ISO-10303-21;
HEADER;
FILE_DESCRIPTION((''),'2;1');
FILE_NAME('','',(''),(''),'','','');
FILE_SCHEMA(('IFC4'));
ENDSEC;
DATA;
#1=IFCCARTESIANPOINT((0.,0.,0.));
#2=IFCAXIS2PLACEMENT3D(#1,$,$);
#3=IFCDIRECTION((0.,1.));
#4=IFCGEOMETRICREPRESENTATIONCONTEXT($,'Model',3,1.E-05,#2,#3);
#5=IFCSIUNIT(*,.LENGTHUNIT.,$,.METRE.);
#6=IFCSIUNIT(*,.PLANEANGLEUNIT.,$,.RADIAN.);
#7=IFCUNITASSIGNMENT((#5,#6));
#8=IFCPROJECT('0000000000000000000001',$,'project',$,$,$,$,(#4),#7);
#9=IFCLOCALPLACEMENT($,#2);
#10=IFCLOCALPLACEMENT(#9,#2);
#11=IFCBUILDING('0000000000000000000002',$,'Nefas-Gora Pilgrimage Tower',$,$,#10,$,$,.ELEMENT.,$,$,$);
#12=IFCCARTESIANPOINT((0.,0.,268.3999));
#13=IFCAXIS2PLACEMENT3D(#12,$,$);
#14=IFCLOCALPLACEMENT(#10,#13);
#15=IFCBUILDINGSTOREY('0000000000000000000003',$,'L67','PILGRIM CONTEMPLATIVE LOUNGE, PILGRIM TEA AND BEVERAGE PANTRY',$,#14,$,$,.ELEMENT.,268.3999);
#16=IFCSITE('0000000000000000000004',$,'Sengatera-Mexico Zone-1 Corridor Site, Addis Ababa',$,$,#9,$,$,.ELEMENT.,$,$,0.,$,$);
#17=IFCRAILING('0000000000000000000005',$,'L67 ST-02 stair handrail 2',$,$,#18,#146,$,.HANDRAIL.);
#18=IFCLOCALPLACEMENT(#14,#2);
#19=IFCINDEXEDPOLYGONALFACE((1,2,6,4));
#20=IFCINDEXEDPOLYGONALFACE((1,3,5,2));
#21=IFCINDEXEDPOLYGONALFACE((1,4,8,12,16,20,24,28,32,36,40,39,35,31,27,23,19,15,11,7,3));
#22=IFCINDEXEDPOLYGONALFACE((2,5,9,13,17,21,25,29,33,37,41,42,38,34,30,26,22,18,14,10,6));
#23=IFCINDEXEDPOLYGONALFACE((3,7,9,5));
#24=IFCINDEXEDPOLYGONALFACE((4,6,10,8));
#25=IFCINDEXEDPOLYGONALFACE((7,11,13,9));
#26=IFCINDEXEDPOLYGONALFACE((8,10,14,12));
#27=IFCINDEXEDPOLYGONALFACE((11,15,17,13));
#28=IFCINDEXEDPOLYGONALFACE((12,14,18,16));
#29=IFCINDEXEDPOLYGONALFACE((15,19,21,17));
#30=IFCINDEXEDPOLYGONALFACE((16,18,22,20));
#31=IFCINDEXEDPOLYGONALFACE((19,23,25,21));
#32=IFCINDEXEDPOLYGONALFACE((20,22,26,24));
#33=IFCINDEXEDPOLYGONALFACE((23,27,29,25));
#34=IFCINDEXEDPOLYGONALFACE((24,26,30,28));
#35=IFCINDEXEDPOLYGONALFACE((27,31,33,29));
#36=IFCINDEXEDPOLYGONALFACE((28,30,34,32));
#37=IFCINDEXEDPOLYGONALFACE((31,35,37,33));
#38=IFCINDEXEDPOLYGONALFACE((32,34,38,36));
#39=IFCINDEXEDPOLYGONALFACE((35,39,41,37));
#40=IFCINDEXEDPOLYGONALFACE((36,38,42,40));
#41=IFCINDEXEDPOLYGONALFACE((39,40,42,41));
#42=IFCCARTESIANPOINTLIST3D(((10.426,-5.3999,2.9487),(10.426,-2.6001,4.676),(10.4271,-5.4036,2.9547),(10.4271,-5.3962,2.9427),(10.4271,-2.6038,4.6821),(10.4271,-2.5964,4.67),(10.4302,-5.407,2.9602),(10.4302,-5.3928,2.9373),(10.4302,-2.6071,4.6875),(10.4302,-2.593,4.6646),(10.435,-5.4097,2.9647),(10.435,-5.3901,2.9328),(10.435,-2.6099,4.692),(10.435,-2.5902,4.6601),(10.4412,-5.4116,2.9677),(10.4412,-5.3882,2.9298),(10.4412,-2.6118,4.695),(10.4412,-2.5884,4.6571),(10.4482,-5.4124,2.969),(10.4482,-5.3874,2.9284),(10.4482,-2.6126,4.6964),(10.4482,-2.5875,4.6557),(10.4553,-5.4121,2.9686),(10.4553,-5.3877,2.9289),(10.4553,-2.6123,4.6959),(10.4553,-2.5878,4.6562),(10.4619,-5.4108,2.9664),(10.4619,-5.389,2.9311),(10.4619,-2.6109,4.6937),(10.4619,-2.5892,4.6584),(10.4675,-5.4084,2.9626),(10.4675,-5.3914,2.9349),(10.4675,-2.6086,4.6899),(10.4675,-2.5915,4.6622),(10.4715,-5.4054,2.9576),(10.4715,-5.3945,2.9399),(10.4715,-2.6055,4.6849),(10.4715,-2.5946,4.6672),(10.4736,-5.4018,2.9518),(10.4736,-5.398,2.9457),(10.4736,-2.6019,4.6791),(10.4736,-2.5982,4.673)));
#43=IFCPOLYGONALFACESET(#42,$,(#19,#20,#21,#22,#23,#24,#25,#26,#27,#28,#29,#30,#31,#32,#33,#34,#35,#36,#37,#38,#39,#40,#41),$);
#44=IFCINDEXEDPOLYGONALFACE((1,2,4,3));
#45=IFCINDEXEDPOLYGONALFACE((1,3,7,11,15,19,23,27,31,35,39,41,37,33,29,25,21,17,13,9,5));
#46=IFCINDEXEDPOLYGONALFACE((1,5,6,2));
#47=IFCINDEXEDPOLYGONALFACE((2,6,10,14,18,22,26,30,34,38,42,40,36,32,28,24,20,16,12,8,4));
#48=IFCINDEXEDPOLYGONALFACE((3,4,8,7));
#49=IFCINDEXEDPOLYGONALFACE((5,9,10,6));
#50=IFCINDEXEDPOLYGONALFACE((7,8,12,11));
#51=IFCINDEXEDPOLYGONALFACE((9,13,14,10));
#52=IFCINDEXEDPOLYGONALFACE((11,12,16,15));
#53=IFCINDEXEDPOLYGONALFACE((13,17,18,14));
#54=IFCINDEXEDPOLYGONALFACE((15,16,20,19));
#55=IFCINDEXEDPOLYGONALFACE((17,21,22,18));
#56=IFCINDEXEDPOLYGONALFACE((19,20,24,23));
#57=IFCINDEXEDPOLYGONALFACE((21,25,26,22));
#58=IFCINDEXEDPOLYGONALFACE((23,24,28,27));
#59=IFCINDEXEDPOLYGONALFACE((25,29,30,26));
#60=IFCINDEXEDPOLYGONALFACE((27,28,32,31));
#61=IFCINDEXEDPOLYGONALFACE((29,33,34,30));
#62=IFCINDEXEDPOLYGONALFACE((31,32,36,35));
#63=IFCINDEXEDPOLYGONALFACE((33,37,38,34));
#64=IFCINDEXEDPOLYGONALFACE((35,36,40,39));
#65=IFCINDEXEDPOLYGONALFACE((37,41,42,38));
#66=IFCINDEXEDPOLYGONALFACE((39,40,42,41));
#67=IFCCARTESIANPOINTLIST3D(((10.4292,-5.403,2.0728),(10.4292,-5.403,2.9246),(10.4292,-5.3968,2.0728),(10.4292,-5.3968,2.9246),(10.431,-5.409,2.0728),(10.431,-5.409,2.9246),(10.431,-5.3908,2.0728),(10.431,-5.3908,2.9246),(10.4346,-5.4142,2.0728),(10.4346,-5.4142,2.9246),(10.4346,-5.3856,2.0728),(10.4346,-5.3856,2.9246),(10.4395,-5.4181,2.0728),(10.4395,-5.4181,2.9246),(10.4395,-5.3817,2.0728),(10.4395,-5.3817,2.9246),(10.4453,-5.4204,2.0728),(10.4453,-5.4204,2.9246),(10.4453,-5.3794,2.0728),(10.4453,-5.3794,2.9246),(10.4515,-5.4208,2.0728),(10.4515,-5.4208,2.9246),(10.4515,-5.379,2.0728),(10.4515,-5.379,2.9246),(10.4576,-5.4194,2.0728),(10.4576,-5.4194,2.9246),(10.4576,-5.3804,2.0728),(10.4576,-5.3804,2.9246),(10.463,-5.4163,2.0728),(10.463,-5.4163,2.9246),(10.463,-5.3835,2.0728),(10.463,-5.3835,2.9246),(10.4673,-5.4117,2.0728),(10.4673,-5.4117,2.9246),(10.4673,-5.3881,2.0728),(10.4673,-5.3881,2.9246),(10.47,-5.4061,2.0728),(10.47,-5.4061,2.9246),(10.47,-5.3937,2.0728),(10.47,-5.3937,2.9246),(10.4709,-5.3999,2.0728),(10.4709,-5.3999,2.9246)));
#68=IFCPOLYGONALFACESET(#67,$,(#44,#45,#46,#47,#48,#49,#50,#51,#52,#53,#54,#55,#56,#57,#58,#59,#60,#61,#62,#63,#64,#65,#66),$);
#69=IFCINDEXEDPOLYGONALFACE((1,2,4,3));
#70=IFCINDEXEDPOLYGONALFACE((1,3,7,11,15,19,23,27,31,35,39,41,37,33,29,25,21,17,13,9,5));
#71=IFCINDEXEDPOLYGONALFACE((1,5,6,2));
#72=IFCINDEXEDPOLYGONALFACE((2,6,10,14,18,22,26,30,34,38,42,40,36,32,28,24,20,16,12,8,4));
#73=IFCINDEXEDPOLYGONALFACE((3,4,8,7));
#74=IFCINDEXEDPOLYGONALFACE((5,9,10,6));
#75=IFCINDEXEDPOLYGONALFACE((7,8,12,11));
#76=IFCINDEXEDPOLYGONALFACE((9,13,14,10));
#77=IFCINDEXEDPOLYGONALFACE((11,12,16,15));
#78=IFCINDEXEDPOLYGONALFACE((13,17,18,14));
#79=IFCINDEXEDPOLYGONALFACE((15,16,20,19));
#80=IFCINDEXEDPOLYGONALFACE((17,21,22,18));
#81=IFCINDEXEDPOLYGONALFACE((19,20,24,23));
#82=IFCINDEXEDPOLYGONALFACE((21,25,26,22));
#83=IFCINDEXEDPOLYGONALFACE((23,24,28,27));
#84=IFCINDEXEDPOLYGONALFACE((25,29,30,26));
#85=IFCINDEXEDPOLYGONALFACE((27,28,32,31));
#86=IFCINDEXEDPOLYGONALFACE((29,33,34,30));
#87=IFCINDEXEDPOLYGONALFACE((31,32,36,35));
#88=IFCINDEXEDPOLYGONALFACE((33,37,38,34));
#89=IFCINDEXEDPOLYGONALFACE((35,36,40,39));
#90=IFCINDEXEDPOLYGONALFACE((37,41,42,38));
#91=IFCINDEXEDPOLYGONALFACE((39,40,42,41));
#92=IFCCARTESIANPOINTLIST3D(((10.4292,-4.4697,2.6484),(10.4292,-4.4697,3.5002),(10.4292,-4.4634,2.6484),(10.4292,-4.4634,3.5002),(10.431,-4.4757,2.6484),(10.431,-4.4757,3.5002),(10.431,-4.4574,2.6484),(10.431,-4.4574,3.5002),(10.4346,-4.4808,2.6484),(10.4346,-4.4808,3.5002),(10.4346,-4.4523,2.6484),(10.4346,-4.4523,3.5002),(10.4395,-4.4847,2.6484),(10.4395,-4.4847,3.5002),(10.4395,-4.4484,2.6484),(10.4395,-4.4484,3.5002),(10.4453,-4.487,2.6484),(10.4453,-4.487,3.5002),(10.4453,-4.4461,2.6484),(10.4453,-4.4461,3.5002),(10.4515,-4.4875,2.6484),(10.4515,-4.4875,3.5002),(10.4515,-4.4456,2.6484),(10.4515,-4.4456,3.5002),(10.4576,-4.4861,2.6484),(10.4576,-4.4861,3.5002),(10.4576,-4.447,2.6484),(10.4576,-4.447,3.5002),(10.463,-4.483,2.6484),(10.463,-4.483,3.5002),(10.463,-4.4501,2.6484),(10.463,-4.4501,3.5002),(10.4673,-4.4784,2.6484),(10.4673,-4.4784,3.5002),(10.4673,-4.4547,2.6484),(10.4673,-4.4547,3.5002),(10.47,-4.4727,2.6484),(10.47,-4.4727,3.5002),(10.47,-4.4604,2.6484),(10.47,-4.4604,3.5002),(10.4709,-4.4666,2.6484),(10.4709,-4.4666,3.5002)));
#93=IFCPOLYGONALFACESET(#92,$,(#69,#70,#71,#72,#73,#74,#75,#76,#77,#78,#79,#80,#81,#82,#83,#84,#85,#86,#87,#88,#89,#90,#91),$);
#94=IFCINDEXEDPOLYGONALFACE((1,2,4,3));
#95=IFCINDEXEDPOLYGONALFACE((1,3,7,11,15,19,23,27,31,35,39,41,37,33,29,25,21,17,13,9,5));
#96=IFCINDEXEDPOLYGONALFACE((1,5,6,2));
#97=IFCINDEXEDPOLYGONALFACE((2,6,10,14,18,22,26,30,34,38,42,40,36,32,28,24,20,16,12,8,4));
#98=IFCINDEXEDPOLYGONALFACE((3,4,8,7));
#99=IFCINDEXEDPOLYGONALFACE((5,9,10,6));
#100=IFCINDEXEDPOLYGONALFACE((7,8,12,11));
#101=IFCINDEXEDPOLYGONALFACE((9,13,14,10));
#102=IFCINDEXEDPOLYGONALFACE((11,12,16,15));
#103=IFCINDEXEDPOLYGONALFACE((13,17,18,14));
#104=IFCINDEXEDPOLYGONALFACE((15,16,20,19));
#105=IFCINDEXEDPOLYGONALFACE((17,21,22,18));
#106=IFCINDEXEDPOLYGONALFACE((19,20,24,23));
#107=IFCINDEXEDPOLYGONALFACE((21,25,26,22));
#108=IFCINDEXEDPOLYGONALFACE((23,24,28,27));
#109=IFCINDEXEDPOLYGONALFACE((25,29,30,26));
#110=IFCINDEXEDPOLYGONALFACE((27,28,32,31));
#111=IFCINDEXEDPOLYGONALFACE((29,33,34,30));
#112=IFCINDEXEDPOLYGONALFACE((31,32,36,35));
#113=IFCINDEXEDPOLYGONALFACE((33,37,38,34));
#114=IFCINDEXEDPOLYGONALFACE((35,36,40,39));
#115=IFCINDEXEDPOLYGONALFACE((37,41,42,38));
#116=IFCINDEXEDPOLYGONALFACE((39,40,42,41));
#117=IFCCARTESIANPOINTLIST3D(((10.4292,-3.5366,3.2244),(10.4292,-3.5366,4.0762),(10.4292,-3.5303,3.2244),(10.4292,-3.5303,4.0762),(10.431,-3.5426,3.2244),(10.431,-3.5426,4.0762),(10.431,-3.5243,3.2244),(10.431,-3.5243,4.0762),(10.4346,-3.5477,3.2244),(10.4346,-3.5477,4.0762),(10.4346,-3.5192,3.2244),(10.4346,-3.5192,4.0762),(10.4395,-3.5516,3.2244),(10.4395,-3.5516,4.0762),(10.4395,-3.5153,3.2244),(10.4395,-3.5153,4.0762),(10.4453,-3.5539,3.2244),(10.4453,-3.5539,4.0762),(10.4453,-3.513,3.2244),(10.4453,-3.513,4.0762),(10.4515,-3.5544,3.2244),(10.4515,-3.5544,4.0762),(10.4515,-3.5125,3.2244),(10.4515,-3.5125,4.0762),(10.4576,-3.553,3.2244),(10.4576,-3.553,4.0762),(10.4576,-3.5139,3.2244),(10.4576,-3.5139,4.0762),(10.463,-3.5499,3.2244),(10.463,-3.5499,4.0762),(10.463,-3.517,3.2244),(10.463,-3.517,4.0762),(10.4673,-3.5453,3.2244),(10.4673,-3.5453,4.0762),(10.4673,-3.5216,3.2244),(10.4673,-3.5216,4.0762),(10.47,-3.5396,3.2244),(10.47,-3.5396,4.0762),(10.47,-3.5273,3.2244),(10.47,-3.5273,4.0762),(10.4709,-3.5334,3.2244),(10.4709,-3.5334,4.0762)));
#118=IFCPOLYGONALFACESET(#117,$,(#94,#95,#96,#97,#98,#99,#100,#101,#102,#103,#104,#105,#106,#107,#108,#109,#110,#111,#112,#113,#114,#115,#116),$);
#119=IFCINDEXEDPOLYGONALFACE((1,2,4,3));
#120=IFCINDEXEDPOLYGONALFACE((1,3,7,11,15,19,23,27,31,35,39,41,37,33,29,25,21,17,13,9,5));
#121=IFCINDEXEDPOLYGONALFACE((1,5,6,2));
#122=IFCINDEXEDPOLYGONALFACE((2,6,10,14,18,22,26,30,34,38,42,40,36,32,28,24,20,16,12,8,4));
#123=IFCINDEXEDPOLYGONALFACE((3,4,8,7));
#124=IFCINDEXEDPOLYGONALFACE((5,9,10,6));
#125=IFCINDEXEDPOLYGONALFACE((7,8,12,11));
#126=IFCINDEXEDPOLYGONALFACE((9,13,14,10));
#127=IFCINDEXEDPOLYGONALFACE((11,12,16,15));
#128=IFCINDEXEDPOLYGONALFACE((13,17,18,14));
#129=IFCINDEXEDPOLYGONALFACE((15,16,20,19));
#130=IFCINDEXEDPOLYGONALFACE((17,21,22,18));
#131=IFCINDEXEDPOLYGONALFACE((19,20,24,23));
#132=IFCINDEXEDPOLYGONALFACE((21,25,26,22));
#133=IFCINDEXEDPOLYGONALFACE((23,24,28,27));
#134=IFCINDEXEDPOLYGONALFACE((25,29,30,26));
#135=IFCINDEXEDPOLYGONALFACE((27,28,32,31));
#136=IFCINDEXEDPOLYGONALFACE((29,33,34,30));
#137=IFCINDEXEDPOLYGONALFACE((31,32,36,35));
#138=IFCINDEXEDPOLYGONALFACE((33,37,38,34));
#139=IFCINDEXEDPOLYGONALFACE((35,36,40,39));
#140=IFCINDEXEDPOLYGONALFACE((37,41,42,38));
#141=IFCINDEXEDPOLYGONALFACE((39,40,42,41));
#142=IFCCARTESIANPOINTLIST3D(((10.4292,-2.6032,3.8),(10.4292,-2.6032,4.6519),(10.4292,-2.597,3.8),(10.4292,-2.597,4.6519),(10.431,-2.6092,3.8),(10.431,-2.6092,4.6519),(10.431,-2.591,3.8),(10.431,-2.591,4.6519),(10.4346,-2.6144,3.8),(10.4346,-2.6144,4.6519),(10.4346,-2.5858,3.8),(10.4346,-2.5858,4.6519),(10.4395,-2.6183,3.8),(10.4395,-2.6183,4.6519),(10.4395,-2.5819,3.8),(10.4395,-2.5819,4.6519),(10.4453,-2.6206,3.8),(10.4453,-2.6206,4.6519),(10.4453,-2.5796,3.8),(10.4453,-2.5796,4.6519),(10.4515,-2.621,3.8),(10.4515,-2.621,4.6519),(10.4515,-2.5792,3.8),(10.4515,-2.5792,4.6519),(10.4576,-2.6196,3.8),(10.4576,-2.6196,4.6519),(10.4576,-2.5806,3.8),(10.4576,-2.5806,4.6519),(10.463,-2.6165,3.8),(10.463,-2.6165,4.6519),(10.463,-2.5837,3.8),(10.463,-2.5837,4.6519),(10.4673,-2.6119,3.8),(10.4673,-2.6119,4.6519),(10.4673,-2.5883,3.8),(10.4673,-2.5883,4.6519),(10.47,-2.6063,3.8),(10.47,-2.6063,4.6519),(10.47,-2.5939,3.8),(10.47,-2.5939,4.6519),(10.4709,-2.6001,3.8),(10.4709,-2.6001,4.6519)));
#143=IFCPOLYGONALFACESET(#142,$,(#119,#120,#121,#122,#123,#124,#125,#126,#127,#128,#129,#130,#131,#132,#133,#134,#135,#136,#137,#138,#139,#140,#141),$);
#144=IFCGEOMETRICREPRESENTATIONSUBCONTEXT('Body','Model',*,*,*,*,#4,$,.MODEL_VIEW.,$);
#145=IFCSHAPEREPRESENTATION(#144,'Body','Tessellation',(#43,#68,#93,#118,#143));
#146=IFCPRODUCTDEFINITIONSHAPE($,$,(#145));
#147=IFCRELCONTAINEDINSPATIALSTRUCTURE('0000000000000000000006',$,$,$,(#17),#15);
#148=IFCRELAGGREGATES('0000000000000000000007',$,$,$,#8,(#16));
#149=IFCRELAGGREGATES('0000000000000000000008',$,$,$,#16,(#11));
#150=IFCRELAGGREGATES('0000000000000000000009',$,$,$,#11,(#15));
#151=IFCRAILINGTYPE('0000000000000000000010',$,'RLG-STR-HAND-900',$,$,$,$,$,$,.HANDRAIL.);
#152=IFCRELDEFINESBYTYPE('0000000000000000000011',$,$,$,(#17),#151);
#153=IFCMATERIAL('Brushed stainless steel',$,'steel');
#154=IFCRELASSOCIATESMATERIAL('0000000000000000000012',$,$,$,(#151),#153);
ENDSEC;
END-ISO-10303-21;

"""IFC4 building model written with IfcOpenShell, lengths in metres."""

from ifc_helpers import new_model, si_unit, direction, frame, origin, origin_2d, place, context, subcontext, project, spatial, circle, extrude, material, type_object, element, save


model = new_model("IFC4")

# Units and contexts
model_context = context("Model", 3, precision=1e-05, world=origin(), true_north=direction((0.0, 1.0)))
body_context = subcontext(model_context, "Body", "Model", "MODEL_VIEW")
ifc_project = project(units=[si_unit("LENGTHUNIT", "METRE"), si_unit("PLANEANGLEUNIT", "RADIAN")], contexts=[model_context])

# Site, building, storey
site_placement = place(None, origin())
site = spatial("IfcSite", under=ifc_project, at=site_placement, Name="Sengatera-Mexico Zone-1 Corridor Site, Addis Ababa", CompositionType="ELEMENT", RefElevation=0.0)
building_placement = place(site_placement, origin())
building = spatial("IfcBuilding", under=site, at=building_placement, Name="Nefas-Gora Pilgrimage Tower", CompositionType="ELEMENT")
storey_placement = place(building_placement, frame((0.0, 0.0, 268.3999)))
storey = spatial("IfcBuildingStorey", under=building, at=storey_placement, Name="L67", Description="PILGRIM CONTEMPLATIVE LOUNGE, PILGRIM TEA AND BEVERAGE PANTRY", CompositionType="ELEMENT", Elevation=268.3999)

# Railing
ifc_material_1 = material(Name="Brushed stainless steel", Category="steel")
railing_type = type_object("IfcRailingType", Name="RLG-STR-HAND-900", PredefinedType="HANDRAIL", material=ifc_material_1)
railing_placement = place(storey_placement, frame((10.45, -5.3999, 2.0728)))
element("IfcRailing", 1, at=railing_placement, inside=storey, type_object=railing_type, Name="L67 ST-02 stair handrail 2", PredefinedType="HANDRAIL", context=body_context, shape_type="SweptSolid", body=[
    extrude(circle(Radius=0.0239, at=origin_2d()), frame((0.0, 0.0, 0.876), z_axis=(0.0, 0.851069, 0.525054), x_axis=(-1.0, 0.0, 0.0)), (0.0, 0.0, 1.0), 3.2898),
    extrude(circle(Radius=0.021, at=origin_2d()), origin(), (0.0, 0.0, 1.0), 0.8518),
    extrude(circle(Radius=0.021, at=origin_2d()), frame((0.0, 0.9333, 0.5757)), (0.0, 0.0, 1.0), 0.8518),
    extrude(circle(Radius=0.021, at=origin_2d()), frame((0.0, 1.8665, 1.1516)), (0.0, 0.0, 1.0), 0.8518),
    extrude(circle(Radius=0.021, at=origin_2d()), frame((0.0, 2.7998, 1.7273)), (0.0, 0.0, 1.0), 0.8518),
])

save(model, "model.ifc")
